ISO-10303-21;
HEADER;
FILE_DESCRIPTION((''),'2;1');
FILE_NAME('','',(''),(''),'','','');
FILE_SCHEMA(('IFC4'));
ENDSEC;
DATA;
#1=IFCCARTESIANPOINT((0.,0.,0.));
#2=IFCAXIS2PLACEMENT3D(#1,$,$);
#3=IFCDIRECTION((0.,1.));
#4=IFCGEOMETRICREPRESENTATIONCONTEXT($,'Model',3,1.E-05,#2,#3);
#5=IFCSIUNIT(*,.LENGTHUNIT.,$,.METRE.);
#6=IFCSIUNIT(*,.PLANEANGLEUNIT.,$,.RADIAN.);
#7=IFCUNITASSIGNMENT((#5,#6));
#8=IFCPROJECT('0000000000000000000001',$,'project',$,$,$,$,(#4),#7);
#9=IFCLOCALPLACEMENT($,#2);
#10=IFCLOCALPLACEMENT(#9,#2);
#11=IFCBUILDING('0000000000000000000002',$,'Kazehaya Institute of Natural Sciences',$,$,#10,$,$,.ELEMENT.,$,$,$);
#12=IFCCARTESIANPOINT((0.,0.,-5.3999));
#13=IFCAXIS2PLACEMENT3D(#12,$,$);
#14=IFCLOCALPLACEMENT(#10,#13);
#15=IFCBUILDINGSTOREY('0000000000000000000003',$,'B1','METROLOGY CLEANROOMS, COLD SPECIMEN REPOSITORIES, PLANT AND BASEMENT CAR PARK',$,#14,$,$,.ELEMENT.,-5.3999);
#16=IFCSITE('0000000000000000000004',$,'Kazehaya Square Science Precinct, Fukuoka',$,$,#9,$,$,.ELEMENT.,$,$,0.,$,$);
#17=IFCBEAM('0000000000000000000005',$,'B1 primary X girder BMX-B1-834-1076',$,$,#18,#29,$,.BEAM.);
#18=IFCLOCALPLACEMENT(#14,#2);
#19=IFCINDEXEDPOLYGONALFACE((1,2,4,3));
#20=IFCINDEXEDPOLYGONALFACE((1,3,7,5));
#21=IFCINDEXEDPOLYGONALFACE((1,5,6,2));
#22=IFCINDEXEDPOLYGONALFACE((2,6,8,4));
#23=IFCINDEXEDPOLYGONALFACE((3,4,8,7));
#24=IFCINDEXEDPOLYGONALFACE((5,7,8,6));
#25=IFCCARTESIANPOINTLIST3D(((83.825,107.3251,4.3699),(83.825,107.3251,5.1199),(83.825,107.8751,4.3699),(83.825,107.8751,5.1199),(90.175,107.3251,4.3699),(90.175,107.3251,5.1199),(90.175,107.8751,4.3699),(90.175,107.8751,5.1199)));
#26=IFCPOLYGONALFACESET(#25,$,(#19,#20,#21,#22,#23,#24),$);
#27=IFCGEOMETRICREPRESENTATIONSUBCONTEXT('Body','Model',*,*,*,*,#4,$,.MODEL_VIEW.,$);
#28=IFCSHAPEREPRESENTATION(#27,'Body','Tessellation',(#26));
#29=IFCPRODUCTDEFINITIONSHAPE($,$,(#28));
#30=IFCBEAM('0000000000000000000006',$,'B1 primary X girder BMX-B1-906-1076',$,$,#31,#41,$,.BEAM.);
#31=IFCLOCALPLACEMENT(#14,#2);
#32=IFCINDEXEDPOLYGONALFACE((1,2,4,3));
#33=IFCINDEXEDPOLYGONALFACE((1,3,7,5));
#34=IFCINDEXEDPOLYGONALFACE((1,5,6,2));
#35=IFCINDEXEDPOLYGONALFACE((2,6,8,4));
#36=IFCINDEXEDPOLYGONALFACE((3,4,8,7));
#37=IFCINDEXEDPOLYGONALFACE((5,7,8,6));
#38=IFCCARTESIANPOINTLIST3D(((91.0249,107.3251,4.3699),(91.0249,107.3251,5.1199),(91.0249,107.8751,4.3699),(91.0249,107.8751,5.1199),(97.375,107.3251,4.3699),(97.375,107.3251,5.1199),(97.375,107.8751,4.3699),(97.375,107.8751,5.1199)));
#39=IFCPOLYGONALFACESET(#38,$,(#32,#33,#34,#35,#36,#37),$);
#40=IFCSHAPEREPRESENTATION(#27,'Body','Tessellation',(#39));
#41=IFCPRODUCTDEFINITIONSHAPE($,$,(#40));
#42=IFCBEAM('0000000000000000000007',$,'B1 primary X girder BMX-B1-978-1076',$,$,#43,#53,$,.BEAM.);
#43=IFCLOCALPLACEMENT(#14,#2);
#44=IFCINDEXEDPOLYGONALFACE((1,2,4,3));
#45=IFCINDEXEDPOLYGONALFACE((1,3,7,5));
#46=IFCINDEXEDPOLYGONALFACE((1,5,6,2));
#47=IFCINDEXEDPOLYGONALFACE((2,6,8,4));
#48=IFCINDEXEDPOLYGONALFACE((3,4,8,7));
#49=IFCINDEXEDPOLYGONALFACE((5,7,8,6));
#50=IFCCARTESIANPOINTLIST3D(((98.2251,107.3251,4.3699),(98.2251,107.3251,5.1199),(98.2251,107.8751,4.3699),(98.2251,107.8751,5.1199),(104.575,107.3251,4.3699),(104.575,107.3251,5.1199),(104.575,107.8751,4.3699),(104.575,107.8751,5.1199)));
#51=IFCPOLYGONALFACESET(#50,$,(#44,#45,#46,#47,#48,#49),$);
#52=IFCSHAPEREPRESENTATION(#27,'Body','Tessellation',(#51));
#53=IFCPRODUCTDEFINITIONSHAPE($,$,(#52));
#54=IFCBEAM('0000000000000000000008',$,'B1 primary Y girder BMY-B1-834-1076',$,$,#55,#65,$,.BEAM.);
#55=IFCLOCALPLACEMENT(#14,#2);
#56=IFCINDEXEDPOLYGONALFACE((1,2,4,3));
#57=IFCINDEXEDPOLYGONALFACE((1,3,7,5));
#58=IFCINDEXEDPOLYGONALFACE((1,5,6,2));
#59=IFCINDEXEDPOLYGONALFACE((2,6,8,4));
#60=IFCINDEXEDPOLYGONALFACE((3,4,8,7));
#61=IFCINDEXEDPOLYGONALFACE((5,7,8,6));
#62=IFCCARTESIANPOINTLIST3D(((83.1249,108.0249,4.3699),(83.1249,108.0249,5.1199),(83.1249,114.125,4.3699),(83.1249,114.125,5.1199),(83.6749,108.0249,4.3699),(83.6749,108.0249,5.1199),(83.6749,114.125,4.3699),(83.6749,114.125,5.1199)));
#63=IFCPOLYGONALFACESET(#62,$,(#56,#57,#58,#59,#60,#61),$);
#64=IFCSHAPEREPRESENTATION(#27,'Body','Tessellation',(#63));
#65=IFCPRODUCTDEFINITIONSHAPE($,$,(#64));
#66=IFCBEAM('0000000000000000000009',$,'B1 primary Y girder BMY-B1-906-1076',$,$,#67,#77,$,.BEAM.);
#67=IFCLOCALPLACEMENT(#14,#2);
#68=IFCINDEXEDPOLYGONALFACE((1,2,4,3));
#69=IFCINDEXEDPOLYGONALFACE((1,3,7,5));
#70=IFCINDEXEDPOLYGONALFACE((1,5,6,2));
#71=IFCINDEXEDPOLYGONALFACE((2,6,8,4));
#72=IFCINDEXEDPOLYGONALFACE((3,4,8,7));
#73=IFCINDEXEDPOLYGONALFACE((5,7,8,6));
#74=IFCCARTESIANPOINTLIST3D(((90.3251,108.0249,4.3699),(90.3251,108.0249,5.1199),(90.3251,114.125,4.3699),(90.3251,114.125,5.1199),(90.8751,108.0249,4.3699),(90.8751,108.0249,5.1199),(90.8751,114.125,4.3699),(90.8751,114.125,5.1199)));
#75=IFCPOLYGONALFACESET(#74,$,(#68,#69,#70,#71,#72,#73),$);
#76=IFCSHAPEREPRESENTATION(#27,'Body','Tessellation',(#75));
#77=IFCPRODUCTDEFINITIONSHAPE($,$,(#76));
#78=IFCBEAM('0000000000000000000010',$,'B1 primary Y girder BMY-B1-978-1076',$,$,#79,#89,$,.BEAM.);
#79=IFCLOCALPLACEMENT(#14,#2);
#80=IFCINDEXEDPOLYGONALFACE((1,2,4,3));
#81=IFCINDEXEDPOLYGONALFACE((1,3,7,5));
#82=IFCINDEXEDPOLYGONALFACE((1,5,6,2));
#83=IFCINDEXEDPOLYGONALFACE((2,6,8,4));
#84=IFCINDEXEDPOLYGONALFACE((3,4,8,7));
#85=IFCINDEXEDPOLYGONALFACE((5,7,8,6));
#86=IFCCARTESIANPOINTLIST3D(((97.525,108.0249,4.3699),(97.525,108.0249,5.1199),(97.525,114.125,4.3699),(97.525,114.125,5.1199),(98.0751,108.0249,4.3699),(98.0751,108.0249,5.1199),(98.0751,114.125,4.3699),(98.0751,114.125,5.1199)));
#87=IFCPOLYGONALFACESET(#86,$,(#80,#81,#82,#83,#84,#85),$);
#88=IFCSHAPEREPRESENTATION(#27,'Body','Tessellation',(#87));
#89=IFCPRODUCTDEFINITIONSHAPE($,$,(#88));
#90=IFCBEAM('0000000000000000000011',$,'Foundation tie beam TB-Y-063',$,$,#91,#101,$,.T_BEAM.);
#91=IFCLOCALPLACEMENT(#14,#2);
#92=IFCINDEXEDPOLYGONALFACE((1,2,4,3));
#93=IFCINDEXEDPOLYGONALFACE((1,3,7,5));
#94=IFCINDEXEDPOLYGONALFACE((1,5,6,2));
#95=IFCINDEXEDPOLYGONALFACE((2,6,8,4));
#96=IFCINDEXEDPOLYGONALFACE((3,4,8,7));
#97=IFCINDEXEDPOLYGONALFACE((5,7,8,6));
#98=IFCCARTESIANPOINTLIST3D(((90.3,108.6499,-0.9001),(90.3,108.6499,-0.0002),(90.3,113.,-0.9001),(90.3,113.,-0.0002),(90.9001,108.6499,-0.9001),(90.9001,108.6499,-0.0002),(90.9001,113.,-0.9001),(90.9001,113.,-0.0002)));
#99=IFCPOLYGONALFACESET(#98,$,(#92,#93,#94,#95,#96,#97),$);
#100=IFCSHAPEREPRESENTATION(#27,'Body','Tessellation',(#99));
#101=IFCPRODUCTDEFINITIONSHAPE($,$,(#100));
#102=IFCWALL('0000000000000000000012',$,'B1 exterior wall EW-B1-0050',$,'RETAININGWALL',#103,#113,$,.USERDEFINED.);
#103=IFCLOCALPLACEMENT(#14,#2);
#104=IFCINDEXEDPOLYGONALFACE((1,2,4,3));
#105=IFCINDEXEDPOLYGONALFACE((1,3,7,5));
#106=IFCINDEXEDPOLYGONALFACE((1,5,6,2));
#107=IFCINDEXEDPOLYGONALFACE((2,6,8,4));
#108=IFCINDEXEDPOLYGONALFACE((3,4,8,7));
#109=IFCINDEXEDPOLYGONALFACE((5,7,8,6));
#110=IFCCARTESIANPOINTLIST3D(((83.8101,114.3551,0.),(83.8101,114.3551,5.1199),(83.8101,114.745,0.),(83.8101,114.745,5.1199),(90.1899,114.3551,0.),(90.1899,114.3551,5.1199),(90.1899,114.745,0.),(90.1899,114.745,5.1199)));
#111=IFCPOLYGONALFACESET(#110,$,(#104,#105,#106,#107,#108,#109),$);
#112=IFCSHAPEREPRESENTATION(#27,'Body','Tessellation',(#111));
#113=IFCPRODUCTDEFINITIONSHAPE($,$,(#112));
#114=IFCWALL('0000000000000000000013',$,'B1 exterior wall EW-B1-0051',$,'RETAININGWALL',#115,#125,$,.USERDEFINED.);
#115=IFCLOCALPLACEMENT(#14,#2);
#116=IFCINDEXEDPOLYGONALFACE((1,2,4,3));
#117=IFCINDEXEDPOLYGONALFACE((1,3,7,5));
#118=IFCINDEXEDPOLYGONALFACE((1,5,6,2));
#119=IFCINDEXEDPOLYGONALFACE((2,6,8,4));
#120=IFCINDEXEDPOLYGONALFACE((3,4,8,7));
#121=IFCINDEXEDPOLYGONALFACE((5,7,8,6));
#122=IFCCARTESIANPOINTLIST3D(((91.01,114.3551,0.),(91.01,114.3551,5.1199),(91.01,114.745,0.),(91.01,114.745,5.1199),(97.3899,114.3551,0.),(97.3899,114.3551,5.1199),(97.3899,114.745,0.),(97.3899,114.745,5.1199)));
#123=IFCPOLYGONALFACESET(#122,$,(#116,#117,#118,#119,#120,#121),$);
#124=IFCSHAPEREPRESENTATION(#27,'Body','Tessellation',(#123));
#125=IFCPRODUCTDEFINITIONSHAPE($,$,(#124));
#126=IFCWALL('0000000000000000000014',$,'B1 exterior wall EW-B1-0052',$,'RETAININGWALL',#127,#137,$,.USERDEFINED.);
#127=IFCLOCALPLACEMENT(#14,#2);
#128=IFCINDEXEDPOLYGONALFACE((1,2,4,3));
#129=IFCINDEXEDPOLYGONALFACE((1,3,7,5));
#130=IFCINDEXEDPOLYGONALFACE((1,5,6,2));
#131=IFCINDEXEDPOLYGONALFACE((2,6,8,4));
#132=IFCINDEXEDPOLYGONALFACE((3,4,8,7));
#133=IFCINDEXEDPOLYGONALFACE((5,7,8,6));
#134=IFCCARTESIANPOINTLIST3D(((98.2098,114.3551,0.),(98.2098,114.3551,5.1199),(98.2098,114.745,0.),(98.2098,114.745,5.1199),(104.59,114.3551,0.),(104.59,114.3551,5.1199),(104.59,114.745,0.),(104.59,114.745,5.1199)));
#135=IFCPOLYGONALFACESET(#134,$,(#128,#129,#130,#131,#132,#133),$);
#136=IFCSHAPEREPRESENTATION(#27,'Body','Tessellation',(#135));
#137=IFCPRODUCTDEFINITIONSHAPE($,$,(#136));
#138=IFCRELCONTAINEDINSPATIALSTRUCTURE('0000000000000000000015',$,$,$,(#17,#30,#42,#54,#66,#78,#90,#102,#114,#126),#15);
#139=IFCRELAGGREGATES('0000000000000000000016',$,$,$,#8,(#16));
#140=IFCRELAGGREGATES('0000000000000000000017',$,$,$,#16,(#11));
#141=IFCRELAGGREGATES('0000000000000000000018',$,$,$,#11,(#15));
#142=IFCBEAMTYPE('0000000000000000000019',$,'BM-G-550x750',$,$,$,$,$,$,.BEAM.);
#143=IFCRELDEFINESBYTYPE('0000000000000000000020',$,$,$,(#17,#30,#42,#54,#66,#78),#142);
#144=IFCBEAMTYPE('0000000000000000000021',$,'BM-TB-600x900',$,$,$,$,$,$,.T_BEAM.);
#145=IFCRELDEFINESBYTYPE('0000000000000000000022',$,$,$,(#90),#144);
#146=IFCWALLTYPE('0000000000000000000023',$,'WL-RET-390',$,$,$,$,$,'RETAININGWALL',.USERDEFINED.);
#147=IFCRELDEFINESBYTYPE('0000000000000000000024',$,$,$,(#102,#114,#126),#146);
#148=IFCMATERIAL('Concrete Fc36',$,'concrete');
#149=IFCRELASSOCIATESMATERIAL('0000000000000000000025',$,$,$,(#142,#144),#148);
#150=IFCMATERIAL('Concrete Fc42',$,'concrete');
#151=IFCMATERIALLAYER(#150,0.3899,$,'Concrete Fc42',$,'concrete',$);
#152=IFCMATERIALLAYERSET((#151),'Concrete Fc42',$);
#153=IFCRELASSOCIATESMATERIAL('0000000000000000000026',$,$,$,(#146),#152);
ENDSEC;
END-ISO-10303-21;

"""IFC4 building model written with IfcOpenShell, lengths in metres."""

from ifc_helpers import new_model, si_unit, direction, frame, frame_2d, origin, origin_2d, place, context, subcontext, project, spatial, rectangle, extrude, material, layer, layer_set, material_profile, profile_set, type_object, element, save


model = new_model("IFC4")

# Units and contexts
model_context = context("Model", 3, precision=1e-05, world=origin(), true_north=direction((0.0, 1.0)))
body_context = subcontext(model_context, "Body", "Model", "MODEL_VIEW")
ifc_project = project(units=[si_unit("LENGTHUNIT", "METRE"), si_unit("PLANEANGLEUNIT", "RADIAN")], contexts=[model_context])

# Site, building, storey
site_placement = place(None, origin())
site = spatial("IfcSite", under=ifc_project, at=site_placement, Name="Kazehaya Square Science Precinct, Fukuoka", CompositionType="ELEMENT", RefElevation=0.0)
building_placement = place(site_placement, origin())
building = spatial("IfcBuilding", under=site, at=building_placement, Name="Kazehaya Institute of Natural Sciences", CompositionType="ELEMENT")
storey_placement = place(building_placement, frame((0.0, 0.0, -5.3999)))
storey = spatial("IfcBuildingStorey", under=building, at=storey_placement, Name="B1", Description="METROLOGY CLEANROOMS, COLD SPECIMEN REPOSITORIES, PLANT AND BASEMENT CAR PARK", CompositionType="ELEMENT", Elevation=-5.3999)

# Shared definitions
ifc_material_1 = material(Name="Concrete Fc36", Category="concrete")

# Shared definitions
ifc_material_2 = material(Name="Concrete Fc42", Category="concrete")

# Beams
ifc_material_profile_1 = material_profile(ifc_material_1, rectangle(XDim=0.55, YDim=0.75, at=origin_2d()), Name="RC-550x750")
ifc_profile_set_1 = profile_set([ifc_material_profile_1], Name="Concrete Fc36")
beam_type_1 = type_object("IfcBeamType", Name="BM-G-550x750", PredefinedType="BEAM", material=ifc_profile_set_1)
for number, where, z_axis, x_axis, name in (
    (1, (83.825, 107.6001, 4.7449), (1.0, 0.0, 0.0), (0.0, 1.0, 0.0), "B1 primary X girder BMX-B1-834-1076"),
    (2, (91.0249, 107.6001, 4.7449), (1.0, 0.0, 0.0), (0.0, 1.0, 0.0), "B1 primary X girder BMX-B1-906-1076"),
):
    element("IfcBeam", number, at=place(storey_placement, frame(where, z_axis=z_axis, x_axis=x_axis)), inside=storey, type_object=beam_type_1, Name=name, PredefinedType="BEAM", context=body_context, shape_type="SweptSolid", body=[
        extrude(rectangle(XDim=0.55, YDim=0.75, at=origin_2d()), origin(), (0.0, 0.0, 1.0), 6.3501),
    ])
beam_1_placement = place(storey_placement, frame((98.2251, 107.6001, 4.7449), z_axis=(1.0, 0.0, 0.0), x_axis=(0.0, 1.0, 0.0)))
element("IfcBeam", 3, at=beam_1_placement, inside=storey, type_object=beam_type_1, Name="B1 primary X girder BMX-B1-978-1076", PredefinedType="BEAM", context=body_context, shape_type="SweptSolid", body=[
    extrude(rectangle(XDim=0.55, YDim=0.75, at=origin_2d()), origin(), (0.0, 0.0, 1.0), 6.3499),
])
for number, where, z_axis, x_axis, name in (
    (4, (83.3999, 108.0249, 4.7449), (0.0, 1.0, 0.0), (-1.0, 0.0, 0.0), "B1 primary Y girder BMY-B1-834-1076"),
    (5, (90.6001, 108.0249, 4.7449), (0.0, 1.0, 0.0), (-1.0, 0.0, 0.0), "B1 primary Y girder BMY-B1-906-1076"),
    (6, (97.8, 108.0249, 4.7449), (0.0, 1.0, 0.0), (-1.0, 0.0, 0.0), "B1 primary Y girder BMY-B1-978-1076"),
):
    element("IfcBeam", number, at=place(storey_placement, frame(where, z_axis=z_axis, x_axis=x_axis)), inside=storey, type_object=beam_type_1, Name=name, PredefinedType="BEAM", context=body_context, shape_type="SweptSolid", body=[
        extrude(rectangle(XDim=0.55, YDim=0.75, at=origin_2d()), origin(), (0.0, 0.0, 1.0), 6.1001),
    ])
ifc_material_profile_2 = material_profile(ifc_material_1, rectangle(XDim=0.6001, YDim=0.8999, at=origin_2d()), Name="RC-600x900")
ifc_profile_set_2 = profile_set([ifc_material_profile_2], Name="Concrete Fc36")
beam_type_2 = type_object("IfcBeamType", Name="BM-TB-600x900", PredefinedType="T_BEAM", material=ifc_profile_set_2)
beam_2_placement = place(storey_placement, frame((90.6001, 108.6499, -0.4502), z_axis=(0.0, 1.0, 0.0), x_axis=(-1.0, 0.0, 0.0)))
element("IfcBeam", 7, at=beam_2_placement, inside=storey, type_object=beam_type_2, Name="Foundation tie beam TB-Y-063", PredefinedType="T_BEAM", context=body_context, shape_type="SweptSolid", body=[
    extrude(rectangle(XDim=0.6001, YDim=0.8999, at=origin_2d()), origin(), (0.0, 0.0, 1.0), 4.3501),
])

# Walls
ifc_layer = layer(ifc_material_2, 0.3899, Name="Concrete Fc42", Category="concrete")
ifc_layer_set = layer_set([ifc_layer], Name="Concrete Fc42")
wall_type = type_object("IfcWallType", Name="WL-RET-390", ElementType="RETAININGWALL", PredefinedType="USERDEFINED", material=ifc_layer_set)
for number, where, z_axis, x_axis, name in (
    (8, (83.8101, 114.55, 0.0), (0.0, 0.0, 1.0), (1.0, 0.0, 0.0), "B1 exterior wall EW-B1-0050"),
    (9, (91.01, 114.55, 0.0), (0.0, 0.0, 1.0), (1.0, 0.0, 0.0), "B1 exterior wall EW-B1-0051"),
):
    element("IfcWall", number, at=place(storey_placement, frame(where, z_axis=z_axis, x_axis=x_axis)), inside=storey, type_object=wall_type, Name=name, ObjectType="RETAININGWALL", PredefinedType="USERDEFINED", context=body_context, shape_type="SweptSolid", body=[
        extrude(rectangle(XDim=6.3799, YDim=0.3899, at=frame_2d((3.1899, 0.0))), origin(), (0.0, 0.0, 1.0), 5.1199),
    ])
wall_placement = place(storey_placement, frame((98.21, 114.55, 0.0), z_axis=(0.0, 0.0, 1.0), x_axis=(1.0, 0.0, 0.0)))
element("IfcWall", 10, at=wall_placement, inside=storey, type_object=wall_type, Name="B1 exterior wall EW-B1-0052", ObjectType="RETAININGWALL", PredefinedType="USERDEFINED", context=body_context, shape_type="SweptSolid", body=[
    extrude(rectangle(XDim=6.3801, YDim=0.3899, at=frame_2d((3.1899, 0.0))), origin(), (0.0, 0.0, 1.0), 5.1199),
])

save(model, "model.ifc")
